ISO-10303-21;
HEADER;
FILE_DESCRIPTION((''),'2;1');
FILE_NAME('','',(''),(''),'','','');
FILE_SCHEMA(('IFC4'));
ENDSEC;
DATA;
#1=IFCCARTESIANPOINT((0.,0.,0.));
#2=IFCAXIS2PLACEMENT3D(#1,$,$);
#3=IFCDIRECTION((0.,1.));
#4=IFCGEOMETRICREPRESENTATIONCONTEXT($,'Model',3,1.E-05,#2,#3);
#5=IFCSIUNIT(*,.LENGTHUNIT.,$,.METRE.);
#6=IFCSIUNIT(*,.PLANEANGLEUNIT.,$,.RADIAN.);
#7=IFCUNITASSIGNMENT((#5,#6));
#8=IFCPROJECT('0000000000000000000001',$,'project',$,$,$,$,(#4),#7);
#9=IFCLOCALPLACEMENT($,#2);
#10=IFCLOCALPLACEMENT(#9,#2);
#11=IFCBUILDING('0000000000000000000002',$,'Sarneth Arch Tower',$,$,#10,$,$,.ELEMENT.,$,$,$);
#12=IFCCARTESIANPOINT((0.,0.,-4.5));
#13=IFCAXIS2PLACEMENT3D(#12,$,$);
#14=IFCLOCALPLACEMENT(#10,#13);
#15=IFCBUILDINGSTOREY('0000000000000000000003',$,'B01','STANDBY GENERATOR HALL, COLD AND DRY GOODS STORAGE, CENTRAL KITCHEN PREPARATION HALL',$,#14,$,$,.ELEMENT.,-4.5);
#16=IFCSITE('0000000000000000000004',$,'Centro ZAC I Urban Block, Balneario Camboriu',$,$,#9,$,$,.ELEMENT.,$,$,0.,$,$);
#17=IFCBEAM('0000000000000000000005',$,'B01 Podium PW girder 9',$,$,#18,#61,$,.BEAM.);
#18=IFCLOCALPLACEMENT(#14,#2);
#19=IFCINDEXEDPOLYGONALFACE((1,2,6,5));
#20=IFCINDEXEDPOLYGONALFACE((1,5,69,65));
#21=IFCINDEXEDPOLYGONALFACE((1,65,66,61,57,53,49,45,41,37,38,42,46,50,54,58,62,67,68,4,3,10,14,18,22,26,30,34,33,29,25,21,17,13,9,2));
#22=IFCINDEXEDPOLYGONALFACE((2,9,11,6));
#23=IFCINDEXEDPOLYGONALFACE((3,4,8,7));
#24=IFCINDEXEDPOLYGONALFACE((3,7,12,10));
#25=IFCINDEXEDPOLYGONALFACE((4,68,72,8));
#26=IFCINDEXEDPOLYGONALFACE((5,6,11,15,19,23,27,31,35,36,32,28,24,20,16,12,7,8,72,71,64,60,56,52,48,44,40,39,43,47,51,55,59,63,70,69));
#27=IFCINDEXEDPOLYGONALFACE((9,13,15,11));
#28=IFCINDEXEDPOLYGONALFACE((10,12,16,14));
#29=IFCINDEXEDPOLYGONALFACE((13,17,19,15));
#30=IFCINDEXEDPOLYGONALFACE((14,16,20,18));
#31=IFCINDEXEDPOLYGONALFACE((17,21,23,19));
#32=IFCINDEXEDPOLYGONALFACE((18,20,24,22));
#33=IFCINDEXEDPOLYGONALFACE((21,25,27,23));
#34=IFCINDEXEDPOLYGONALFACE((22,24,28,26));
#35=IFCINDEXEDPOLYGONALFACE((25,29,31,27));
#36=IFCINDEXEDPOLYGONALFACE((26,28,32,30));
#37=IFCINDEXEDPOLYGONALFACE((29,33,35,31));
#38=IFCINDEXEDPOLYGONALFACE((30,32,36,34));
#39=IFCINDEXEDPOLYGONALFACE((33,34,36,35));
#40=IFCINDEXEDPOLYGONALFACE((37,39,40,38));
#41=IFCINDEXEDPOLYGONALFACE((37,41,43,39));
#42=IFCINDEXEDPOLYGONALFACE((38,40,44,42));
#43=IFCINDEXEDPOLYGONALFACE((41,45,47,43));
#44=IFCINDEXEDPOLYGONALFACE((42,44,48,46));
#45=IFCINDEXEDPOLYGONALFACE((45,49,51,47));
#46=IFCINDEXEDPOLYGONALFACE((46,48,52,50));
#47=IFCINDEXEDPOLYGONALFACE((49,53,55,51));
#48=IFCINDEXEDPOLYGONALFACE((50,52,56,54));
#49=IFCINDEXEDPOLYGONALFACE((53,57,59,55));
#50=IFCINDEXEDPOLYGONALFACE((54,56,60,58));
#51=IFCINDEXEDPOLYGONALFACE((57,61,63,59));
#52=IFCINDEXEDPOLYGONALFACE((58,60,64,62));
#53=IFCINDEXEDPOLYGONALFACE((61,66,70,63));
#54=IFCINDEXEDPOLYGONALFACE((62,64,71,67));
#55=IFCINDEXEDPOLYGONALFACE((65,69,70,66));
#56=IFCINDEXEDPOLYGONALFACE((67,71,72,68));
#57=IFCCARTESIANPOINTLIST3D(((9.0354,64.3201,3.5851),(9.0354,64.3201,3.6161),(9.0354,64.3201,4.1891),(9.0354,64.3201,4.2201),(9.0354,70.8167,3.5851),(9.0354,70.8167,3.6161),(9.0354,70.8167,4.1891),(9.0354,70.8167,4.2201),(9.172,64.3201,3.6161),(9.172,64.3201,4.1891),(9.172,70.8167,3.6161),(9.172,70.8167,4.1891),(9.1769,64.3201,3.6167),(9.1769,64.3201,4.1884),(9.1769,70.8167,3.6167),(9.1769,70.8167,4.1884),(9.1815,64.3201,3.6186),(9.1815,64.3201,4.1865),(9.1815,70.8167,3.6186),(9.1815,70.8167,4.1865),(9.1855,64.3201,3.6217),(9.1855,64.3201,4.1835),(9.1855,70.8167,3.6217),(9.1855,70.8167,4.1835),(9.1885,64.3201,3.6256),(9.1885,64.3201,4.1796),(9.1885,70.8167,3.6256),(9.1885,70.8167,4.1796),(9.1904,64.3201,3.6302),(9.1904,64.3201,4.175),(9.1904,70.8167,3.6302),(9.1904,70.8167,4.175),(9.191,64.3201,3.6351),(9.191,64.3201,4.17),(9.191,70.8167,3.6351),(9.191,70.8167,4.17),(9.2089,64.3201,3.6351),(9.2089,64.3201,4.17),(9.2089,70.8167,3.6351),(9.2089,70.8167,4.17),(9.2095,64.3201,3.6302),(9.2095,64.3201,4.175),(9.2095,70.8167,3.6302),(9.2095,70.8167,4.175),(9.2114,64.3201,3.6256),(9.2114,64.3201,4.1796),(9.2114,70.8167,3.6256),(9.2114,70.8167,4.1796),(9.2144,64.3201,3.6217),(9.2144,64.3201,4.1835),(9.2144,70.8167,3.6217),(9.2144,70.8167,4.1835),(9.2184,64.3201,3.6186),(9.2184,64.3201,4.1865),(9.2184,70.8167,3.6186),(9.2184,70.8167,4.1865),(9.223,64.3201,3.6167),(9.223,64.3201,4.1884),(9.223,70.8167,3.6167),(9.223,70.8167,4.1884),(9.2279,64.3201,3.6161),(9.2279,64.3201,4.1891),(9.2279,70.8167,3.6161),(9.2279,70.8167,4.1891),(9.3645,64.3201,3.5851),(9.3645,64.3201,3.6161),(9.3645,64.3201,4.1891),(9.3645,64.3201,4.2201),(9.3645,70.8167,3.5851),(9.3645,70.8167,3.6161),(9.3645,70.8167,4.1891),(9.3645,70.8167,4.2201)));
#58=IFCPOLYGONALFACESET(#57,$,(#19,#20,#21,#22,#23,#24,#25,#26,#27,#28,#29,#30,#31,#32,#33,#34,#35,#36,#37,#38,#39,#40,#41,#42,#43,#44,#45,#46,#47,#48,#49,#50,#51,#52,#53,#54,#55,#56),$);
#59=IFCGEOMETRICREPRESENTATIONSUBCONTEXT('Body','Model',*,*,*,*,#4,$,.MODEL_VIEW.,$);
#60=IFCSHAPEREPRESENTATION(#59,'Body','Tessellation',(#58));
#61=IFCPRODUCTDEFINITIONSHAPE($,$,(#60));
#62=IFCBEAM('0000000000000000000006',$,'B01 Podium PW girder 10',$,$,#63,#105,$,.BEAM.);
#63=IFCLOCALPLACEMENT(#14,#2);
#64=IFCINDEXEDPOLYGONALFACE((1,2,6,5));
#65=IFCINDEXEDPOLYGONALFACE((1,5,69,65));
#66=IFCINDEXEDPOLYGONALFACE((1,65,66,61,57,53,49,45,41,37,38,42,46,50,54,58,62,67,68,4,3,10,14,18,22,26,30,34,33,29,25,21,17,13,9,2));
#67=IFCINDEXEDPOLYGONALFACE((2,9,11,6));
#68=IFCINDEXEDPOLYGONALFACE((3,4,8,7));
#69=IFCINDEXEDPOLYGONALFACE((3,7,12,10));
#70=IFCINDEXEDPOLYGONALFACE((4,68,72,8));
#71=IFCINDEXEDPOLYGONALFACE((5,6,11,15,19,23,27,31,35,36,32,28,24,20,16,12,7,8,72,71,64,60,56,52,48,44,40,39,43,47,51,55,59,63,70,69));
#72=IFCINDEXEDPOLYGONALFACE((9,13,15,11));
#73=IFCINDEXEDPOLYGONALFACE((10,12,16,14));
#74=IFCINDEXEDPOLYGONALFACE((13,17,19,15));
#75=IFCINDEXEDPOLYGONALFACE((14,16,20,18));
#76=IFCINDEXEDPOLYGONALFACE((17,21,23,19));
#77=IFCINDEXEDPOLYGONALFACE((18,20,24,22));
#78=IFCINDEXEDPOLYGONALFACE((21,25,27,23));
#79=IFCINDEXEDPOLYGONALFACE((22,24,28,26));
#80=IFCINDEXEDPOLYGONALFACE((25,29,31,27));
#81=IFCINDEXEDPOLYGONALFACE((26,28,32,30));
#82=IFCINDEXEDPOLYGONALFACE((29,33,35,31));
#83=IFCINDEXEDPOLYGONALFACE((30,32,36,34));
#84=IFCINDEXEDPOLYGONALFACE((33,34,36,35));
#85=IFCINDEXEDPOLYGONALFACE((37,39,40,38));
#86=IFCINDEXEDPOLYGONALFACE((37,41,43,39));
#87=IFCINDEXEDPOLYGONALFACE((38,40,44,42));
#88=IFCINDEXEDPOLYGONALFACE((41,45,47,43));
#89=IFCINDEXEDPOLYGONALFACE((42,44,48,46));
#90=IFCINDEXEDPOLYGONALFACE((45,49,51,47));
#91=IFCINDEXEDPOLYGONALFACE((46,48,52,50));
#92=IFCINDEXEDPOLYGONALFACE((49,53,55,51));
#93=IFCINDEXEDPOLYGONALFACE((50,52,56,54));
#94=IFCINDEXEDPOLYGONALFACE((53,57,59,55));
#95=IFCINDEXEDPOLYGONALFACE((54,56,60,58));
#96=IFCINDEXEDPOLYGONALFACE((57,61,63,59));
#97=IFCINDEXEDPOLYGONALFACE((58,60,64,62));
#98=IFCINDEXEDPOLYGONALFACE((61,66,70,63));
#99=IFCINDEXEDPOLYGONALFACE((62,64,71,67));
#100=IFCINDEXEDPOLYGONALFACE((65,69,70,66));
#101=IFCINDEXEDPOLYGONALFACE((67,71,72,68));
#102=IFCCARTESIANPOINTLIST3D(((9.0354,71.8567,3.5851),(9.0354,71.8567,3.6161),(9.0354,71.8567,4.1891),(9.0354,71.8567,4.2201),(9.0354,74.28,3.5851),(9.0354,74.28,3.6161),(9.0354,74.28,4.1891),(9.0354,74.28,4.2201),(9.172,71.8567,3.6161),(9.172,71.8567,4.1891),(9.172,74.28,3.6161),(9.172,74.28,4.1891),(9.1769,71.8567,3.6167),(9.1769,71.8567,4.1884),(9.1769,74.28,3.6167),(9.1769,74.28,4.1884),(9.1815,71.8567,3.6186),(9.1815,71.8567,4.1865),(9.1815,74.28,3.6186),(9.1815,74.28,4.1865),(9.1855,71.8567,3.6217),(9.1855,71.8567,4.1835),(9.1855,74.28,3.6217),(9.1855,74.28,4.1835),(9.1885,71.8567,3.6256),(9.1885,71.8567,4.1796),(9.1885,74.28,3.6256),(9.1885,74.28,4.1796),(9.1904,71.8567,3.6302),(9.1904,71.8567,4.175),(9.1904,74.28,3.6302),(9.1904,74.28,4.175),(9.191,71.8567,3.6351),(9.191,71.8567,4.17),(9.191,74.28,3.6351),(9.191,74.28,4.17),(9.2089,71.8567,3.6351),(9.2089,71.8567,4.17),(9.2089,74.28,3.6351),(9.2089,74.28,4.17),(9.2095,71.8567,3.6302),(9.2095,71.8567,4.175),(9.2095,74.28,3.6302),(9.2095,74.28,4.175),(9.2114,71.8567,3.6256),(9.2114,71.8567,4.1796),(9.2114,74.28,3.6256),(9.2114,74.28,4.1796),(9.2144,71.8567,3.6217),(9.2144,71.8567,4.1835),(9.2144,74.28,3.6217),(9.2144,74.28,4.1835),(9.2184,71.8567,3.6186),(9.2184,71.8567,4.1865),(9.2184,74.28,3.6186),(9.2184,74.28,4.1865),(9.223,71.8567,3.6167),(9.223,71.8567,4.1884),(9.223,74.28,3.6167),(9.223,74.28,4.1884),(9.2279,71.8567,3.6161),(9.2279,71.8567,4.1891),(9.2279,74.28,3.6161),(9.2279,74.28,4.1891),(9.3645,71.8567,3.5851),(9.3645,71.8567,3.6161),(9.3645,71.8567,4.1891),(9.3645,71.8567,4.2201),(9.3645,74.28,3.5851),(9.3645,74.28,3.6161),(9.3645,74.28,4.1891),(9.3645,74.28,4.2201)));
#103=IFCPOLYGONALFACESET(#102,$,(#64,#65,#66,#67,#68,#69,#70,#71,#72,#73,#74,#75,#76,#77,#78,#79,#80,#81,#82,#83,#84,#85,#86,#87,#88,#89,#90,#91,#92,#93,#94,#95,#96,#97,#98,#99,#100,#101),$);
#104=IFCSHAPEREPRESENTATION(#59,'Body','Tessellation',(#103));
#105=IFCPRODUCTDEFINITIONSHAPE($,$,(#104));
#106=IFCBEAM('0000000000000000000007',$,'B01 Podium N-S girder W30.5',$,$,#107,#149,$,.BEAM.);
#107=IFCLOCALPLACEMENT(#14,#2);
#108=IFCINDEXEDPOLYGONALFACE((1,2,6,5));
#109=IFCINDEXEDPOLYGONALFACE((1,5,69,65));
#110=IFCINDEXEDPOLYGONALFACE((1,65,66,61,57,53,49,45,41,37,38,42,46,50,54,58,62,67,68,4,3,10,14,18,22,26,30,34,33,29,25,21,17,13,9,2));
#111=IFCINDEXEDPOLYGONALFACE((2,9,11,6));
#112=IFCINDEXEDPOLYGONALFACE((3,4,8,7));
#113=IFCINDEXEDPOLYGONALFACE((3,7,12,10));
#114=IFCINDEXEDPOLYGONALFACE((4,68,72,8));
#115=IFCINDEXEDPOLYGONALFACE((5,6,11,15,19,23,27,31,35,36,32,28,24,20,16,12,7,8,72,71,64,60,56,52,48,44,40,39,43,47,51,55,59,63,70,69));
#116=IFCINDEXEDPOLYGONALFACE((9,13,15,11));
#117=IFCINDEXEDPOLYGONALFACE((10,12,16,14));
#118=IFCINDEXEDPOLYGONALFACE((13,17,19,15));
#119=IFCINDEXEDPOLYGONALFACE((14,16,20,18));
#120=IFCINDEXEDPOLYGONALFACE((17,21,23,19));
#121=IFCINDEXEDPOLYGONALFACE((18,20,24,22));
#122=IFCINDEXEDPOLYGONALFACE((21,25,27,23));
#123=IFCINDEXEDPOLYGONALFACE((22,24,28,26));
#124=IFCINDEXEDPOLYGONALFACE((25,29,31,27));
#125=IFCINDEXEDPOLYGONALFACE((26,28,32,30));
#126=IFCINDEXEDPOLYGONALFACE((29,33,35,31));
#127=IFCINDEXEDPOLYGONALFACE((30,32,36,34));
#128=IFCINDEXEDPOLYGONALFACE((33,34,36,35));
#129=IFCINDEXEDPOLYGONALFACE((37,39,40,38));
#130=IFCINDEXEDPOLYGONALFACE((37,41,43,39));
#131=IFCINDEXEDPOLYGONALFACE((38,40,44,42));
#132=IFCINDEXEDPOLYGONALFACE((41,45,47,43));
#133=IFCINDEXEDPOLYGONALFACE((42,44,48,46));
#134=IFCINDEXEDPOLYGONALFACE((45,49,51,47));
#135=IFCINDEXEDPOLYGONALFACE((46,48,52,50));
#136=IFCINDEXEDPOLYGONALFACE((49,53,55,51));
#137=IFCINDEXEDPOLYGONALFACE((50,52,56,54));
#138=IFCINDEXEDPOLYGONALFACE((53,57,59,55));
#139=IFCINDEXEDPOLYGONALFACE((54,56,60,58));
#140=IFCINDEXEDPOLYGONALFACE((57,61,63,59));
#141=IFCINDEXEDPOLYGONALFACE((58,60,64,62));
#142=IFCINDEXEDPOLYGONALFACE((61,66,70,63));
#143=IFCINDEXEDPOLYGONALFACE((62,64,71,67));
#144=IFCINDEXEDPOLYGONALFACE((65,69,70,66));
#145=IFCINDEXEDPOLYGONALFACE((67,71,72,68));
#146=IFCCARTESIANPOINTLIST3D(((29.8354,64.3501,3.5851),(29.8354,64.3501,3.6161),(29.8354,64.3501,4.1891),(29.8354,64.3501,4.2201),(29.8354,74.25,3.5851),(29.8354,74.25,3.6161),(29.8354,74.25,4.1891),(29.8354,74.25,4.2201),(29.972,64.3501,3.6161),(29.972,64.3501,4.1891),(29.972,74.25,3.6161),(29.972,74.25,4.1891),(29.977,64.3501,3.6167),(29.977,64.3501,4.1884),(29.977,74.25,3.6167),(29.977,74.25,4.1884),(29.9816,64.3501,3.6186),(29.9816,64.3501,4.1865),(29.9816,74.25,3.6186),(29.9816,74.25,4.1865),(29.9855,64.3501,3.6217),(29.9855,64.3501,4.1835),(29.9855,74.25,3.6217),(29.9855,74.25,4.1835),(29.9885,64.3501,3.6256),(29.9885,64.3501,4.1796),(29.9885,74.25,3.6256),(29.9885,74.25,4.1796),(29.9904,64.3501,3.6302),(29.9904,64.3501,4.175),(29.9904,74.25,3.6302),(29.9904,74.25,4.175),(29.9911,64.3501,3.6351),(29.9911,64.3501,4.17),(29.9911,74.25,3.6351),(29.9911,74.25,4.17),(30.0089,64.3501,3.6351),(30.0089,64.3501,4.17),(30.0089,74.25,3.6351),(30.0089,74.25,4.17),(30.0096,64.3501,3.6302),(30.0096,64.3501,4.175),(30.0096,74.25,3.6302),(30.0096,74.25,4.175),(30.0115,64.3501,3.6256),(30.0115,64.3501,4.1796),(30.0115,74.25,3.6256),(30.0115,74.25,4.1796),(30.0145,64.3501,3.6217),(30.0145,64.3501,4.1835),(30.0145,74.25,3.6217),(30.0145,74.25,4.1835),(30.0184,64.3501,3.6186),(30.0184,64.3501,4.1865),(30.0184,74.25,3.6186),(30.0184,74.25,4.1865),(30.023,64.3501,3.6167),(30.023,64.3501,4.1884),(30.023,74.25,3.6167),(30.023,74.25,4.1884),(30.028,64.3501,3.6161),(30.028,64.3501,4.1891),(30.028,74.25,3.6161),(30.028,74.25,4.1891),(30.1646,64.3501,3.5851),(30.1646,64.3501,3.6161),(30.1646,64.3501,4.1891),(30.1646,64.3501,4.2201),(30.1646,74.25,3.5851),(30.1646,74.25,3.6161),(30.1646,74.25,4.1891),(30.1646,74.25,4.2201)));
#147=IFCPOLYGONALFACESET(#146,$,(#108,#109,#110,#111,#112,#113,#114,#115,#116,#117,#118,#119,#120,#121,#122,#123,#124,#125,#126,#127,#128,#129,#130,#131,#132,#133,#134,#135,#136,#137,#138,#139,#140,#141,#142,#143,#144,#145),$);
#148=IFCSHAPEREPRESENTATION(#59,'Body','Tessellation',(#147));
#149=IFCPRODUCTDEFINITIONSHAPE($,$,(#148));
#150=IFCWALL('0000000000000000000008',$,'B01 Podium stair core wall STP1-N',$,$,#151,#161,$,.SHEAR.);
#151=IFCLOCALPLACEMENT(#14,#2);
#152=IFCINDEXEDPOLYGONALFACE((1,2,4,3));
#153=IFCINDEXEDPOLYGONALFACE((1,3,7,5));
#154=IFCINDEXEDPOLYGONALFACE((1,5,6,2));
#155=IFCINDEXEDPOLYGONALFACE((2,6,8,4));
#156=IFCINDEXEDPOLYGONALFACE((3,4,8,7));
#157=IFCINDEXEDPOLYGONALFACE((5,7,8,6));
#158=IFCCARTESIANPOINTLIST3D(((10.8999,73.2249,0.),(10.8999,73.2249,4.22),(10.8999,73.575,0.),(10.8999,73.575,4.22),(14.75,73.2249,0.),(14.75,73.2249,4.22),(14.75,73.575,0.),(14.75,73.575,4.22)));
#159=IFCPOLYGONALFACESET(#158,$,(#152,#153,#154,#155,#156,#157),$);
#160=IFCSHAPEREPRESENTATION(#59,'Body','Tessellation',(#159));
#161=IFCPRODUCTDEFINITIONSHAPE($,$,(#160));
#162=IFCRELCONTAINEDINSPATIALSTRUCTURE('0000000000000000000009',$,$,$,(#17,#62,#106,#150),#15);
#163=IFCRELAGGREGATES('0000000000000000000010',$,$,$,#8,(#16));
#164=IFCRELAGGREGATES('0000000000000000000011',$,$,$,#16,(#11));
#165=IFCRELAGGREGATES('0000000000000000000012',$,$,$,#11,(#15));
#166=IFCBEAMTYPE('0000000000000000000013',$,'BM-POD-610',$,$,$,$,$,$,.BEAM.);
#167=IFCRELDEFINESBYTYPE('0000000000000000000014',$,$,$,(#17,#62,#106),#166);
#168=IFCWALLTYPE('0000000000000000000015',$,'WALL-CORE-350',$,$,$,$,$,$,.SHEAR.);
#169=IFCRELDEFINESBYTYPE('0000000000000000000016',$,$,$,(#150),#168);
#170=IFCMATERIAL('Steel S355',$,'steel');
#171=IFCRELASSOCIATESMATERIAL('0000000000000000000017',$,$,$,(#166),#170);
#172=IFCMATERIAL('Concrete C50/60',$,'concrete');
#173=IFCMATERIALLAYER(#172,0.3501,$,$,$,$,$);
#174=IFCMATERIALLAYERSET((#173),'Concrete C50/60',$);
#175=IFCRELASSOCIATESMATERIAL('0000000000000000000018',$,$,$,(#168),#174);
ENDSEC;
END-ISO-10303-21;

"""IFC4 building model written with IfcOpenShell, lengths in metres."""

from ifc_helpers import new_model, si_unit, direction, frame, frame_2d, origin, origin_2d, place, context, subcontext, project, spatial, rectangle, i_section, extrude, material, layer, layer_set, material_profile, profile_set, type_object, element, save


model = new_model("IFC4")

# Units and contexts
model_context = context("Model", 3, precision=1e-05, world=origin(), true_north=direction((0.0, 1.0)))
body_context = subcontext(model_context, "Body", "Model", "MODEL_VIEW")
ifc_project = project(units=[si_unit("LENGTHUNIT", "METRE"), si_unit("PLANEANGLEUNIT", "RADIAN")], contexts=[model_context])

# Site, building, storey
site_placement = place(None, origin())
site = spatial("IfcSite", under=ifc_project, at=site_placement, Name="Centro ZAC I Urban Block, Balneario Camboriu", CompositionType="ELEMENT", RefElevation=0.0)
building_placement = place(site_placement, origin())
building = spatial("IfcBuilding", under=site, at=building_placement, Name="Sarneth Arch Tower", CompositionType="ELEMENT")
storey_placement = place(building_placement, frame((0.0, 0.0, -4.5)))
storey = spatial("IfcBuildingStorey", under=building, at=storey_placement, Name="B01", Description="STANDBY GENERATOR HALL, COLD AND DRY GOODS STORAGE, CENTRAL KITCHEN PREPARATION HALL", CompositionType="ELEMENT", Elevation=-4.5)

# Beams
ifc_material_1 = material(Name="Steel S355", Category="steel")
ifc_material_profile_1 = material_profile(ifc_material_1, i_section(OverallWidth=0.3291, OverallDepth=0.635, WebThickness=0.0178, FlangeThickness=0.031, FilletRadius=0.019, at=origin_2d()), Name="W610x241")
ifc_profile_set_1 = profile_set([ifc_material_profile_1], Name="Steel S355")
beam_type = type_object("IfcBeamType", Name="BM-POD-610", PredefinedType="BEAM", material=ifc_profile_set_1)
beam_1_placement = place(storey_placement, frame((9.2, 64.3201, 3.9026), z_axis=(0.0, 1.0, 0.0), x_axis=(-1.0, 0.0, 0.0)))
element("IfcBeam", 1, at=beam_1_placement, inside=storey, type_object=beam_type, Name="B01 Podium PW girder 9", PredefinedType="BEAM", context=body_context, shape_type="SweptSolid", body=[
    extrude(i_section(OverallWidth=0.3291, OverallDepth=0.635, WebThickness=0.0178, FlangeThickness=0.031, FilletRadius=0.019, at=origin_2d()), origin(), (0.0, 0.0, 1.0), 6.4966),
])
beam_2_placement = place(storey_placement, frame((9.2, 71.8567, 3.9026), z_axis=(0.0, 1.0, 0.0), x_axis=(-1.0, 0.0, 0.0)))
element("IfcBeam", 2, at=beam_2_placement, inside=storey, type_object=beam_type, Name="B01 Podium PW girder 10", PredefinedType="BEAM", context=body_context, shape_type="SweptSolid", body=[
    extrude(i_section(OverallWidth=0.3291, OverallDepth=0.635, WebThickness=0.0178, FlangeThickness=0.031, FilletRadius=0.019, at=origin_2d()), origin(), (0.0, 0.0, 1.0), 2.4233),
])
beam_3_placement = place(storey_placement, frame((30.0, 64.3501, 3.9026), z_axis=(0.0, 1.0, 0.0), x_axis=(-1.0, 0.0, 0.0)))
element("IfcBeam", 3, at=beam_3_placement, inside=storey, type_object=beam_type, Name="B01 Podium N-S girder W30.5", PredefinedType="BEAM", context=body_context, shape_type="SweptSolid", body=[
    extrude(i_section(OverallWidth=0.3291, OverallDepth=0.635, WebThickness=0.0178, FlangeThickness=0.031, FilletRadius=0.019, at=origin_2d()), origin(), (0.0, 0.0, 1.0), 9.8999),
])

# Wall
ifc_material_2 = material(Name="Concrete C50/60", Category="concrete")
ifc_layer_1 = layer(ifc_material_2, 0.3501)
ifc_layer_set_1 = layer_set([ifc_layer_1], Name="Concrete C50/60")
wall_type_1 = type_object("IfcWallType", Name="WALL-CORE-350", PredefinedType="SHEAR", material=ifc_layer_set_1)
wall_1_placement = place(storey_placement, frame((10.8999, 73.3999, 0.0), z_axis=(0.0, 0.0, 1.0), x_axis=(1.0, 0.0, 0.0)))
element("IfcWall", 4, at=wall_1_placement, inside=storey, type_object=wall_type_1, Name="B01 Podium stair core wall STP1-N", PredefinedType="SHEAR", context=body_context, shape_type="SweptSolid", body=[
    extrude(rectangle(XDim=3.8501, YDim=0.3501, at=frame_2d((1.925, 0.0))), origin(), (0.0, 0.0, 1.0), 4.22),
])

save(model, "model.ifc")
